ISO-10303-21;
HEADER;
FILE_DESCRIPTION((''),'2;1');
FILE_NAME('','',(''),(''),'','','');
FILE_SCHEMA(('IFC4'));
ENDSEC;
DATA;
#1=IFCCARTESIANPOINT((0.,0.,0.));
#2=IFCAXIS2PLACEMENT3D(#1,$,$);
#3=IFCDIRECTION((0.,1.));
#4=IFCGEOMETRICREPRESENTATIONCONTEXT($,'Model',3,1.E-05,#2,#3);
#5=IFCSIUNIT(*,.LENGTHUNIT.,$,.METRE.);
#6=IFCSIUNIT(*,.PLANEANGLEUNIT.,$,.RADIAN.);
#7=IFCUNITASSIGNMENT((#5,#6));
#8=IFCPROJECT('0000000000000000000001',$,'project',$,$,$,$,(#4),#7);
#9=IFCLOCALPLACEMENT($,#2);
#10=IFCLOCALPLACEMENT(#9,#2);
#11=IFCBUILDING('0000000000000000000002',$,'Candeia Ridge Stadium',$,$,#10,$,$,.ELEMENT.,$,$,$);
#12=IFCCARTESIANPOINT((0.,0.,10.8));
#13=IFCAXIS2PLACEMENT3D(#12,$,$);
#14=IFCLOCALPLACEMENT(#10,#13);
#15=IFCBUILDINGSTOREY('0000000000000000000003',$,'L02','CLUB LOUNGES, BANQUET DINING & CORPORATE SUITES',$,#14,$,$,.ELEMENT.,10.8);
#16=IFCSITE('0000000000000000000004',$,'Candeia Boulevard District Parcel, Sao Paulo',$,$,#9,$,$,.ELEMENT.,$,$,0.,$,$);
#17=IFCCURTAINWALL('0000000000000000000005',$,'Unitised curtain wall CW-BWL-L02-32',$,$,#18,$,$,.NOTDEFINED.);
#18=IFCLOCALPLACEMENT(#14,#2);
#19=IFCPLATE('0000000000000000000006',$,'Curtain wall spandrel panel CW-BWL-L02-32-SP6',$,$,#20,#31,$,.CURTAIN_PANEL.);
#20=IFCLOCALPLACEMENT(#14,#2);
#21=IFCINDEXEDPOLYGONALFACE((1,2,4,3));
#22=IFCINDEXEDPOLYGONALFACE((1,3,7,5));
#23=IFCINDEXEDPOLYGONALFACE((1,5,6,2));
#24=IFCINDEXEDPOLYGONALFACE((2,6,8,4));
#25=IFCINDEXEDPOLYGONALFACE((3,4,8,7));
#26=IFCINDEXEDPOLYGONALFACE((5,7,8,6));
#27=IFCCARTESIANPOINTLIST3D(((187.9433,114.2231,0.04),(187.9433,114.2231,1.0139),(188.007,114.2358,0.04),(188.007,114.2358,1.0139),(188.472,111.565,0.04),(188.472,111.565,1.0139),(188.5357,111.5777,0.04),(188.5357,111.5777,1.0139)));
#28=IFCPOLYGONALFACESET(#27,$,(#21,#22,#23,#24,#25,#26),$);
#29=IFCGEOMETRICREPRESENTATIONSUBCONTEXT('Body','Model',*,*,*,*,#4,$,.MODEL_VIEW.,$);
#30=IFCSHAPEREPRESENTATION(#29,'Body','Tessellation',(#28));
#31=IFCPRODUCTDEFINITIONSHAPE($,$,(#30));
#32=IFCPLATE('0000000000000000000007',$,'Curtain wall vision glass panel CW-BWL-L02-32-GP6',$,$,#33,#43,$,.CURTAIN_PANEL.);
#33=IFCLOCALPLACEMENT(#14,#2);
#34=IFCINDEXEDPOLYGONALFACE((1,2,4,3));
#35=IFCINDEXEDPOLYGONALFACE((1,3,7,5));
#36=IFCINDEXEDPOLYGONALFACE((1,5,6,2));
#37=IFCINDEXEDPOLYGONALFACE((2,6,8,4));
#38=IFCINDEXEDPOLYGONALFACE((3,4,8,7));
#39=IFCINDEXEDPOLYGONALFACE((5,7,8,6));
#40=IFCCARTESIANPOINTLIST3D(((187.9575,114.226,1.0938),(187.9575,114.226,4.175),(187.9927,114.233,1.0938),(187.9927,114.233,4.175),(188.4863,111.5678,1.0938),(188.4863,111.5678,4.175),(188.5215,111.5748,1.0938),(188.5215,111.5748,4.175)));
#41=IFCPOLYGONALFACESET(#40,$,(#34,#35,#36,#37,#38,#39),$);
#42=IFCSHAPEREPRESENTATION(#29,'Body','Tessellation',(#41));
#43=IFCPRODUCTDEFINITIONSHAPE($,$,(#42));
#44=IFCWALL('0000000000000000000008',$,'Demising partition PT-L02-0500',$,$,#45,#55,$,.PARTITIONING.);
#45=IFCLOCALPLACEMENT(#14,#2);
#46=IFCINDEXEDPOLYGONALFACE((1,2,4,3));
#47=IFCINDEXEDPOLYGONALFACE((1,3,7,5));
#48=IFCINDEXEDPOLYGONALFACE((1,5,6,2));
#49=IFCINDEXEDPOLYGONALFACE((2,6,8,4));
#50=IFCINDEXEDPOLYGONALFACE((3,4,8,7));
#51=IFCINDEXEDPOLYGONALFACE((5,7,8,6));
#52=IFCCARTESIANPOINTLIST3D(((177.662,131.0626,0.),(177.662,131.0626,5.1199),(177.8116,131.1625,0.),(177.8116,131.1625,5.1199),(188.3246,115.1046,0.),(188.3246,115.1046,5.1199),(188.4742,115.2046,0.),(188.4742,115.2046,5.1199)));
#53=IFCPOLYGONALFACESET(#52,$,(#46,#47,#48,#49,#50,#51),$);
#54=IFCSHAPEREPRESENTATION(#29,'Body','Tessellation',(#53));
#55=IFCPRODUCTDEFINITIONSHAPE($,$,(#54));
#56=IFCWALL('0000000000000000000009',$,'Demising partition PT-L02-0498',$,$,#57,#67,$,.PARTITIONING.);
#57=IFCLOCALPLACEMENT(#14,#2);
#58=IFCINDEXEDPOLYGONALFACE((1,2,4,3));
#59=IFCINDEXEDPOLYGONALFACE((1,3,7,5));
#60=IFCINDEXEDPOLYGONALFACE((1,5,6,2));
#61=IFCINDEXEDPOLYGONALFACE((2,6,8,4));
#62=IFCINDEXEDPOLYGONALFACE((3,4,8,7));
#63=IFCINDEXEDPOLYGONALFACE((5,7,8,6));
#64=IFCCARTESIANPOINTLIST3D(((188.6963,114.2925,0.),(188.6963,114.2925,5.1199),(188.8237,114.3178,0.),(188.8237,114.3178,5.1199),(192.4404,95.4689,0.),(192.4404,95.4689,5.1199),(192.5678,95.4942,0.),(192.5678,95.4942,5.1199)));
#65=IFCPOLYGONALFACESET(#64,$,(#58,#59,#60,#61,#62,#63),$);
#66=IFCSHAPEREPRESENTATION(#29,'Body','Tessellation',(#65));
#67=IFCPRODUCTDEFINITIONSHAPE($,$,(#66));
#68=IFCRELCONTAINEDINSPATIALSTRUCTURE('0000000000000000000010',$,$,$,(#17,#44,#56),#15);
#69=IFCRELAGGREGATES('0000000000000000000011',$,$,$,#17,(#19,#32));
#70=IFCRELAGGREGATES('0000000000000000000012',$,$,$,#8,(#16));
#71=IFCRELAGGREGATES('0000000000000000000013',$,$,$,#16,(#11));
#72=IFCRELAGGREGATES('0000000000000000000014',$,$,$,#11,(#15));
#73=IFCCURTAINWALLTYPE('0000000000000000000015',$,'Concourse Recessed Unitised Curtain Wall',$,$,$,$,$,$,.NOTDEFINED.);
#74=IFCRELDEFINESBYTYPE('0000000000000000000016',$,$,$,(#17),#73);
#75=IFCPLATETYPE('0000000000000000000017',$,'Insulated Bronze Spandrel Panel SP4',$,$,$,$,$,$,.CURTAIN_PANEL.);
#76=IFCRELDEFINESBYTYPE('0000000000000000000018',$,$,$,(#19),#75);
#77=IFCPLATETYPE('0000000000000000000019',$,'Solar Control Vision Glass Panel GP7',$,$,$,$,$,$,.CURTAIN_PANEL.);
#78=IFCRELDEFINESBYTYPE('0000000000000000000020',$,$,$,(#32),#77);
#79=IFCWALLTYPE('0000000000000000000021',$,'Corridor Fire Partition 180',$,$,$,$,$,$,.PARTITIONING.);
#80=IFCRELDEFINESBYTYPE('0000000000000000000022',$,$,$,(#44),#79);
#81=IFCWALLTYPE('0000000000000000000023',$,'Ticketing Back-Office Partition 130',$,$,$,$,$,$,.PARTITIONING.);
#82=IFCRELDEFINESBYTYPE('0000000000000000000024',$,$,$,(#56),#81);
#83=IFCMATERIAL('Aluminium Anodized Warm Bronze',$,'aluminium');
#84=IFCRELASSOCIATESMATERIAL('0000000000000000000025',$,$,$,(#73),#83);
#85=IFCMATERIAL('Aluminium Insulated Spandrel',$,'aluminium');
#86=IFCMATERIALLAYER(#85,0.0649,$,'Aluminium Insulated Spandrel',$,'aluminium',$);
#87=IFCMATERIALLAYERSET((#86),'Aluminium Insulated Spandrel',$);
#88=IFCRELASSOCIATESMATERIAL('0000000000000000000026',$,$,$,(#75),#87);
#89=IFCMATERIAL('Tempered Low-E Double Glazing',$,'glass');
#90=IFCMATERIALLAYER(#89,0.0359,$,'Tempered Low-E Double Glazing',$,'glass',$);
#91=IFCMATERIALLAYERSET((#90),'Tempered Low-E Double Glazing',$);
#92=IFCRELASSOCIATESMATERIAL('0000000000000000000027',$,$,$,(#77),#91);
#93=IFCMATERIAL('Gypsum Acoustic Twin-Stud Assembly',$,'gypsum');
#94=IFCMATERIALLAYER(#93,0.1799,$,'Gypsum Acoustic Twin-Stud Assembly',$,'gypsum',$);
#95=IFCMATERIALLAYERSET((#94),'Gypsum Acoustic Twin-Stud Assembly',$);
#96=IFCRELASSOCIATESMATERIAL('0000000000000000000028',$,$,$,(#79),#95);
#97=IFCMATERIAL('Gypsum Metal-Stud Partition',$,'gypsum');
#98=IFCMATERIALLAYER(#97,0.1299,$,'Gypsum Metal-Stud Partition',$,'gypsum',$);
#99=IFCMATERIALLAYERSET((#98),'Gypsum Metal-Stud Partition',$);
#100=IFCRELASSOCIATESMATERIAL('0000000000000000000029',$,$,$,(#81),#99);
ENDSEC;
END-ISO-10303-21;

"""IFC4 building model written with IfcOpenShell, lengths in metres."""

from ifc_helpers import new_model, si_unit, direction, frame, frame_2d, origin, origin_2d, place, context, subcontext, project, spatial, rectangle, extrude, material, layer, layer_set, type_object, element, aggregate, save


model = new_model("IFC4")

# Units and contexts
model_context = context("Model", 3, precision=1e-05, world=origin(), true_north=direction((0.0, 1.0)))
body_context = subcontext(model_context, "Body", "Model", "MODEL_VIEW")
ifc_project = project(units=[si_unit("LENGTHUNIT", "METRE"), si_unit("PLANEANGLEUNIT", "RADIAN")], contexts=[model_context])

# Site, building, storey
site_placement = place(None, origin())
site = spatial("IfcSite", under=ifc_project, at=site_placement, Name="Candeia Boulevard District Parcel, Sao Paulo", CompositionType="ELEMENT", RefElevation=0.0)
building_placement = place(site_placement, origin())
building = spatial("IfcBuilding", under=site, at=building_placement, Name="Candeia Ridge Stadium", CompositionType="ELEMENT")
storey_placement = place(building_placement, frame((0.0, 0.0, 10.8)))
storey = spatial("IfcBuildingStorey", under=building, at=storey_placement, Name="L02", Description="CLUB LOUNGES, BANQUET DINING & CORPORATE SUITES", CompositionType="ELEMENT", Elevation=10.8)

# Curtain wall
ifc_material_1 = material(Name="Aluminium Anodized Warm Bronze", Category="aluminium")
curtain_wall_type = type_object("IfcCurtainWallType", Name="Concourse Recessed Unitised Curtain Wall", PredefinedType="NOTDEFINED", material=ifc_material_1)
curtain_wall_placement = place(storey_placement, origin())
curtain_wall = element("IfcCurtainWall", 1, at=curtain_wall_placement, inside=storey, type_object=curtain_wall_type, Name="Unitised curtain wall CW-BWL-L02-32", PredefinedType="NOTDEFINED")

# Plates
ifc_material_2 = material(Name="Aluminium Insulated Spandrel", Category="aluminium")
ifc_layer_1 = layer(ifc_material_2, 0.0649, Name="Aluminium Insulated Spandrel", Category="aluminium")
ifc_layer_set_1 = layer_set([ifc_layer_1], Name="Aluminium Insulated Spandrel")
plate_type_1 = type_object("IfcPlateType", Name="Insulated Bronze Spandrel Panel SP4", PredefinedType="CURTAIN_PANEL", material=ifc_layer_set_1)
plate_1_placement = place(storey_placement, frame((188.2395, 112.9004, 0.04), z_axis=(0.0, 0.0, 1.0), x_axis=(-0.19509, 0.980785, 0.0)))
plate_1 = element("IfcPlate", 2, at=plate_1_placement, type_object=plate_type_1, Name="Curtain wall spandrel panel CW-BWL-L02-32-SP6", PredefinedType="CURTAIN_PANEL", context=body_context, shape_type="SweptSolid", body=[
    extrude(rectangle(XDim=2.7102, YDim=0.0649, at=origin_2d()), origin(), (0.0, 0.0, 1.0), 0.9739),
])
ifc_material_3 = material(Name="Tempered Low-E Double Glazing", Category="glass")
ifc_layer_2 = layer(ifc_material_3, 0.0359, Name="Tempered Low-E Double Glazing", Category="glass")
ifc_layer_set_2 = layer_set([ifc_layer_2], Name="Tempered Low-E Double Glazing")
plate_type_2 = type_object("IfcPlateType", Name="Solar Control Vision Glass Panel GP7", PredefinedType="CURTAIN_PANEL", material=ifc_layer_set_2)
plate_2_placement = place(storey_placement, frame((188.2395, 112.9004, 1.0938), z_axis=(0.0, 0.0, 1.0), x_axis=(-0.19509, 0.980785, 0.0)))
plate_2 = element("IfcPlate", 3, at=plate_2_placement, type_object=plate_type_2, Name="Curtain wall vision glass panel CW-BWL-L02-32-GP6", PredefinedType="CURTAIN_PANEL", context=body_context, shape_type="SweptSolid", body=[
    extrude(rectangle(XDim=2.7102, YDim=0.0359, at=origin_2d()), origin(), (0.0, 0.0, 1.0), 3.0813),
])
aggregate(curtain_wall, [plate_1, plate_2])

# Walls
ifc_material_4 = material(Name="Gypsum Acoustic Twin-Stud Assembly", Category="gypsum")
ifc_layer_3 = layer(ifc_material_4, 0.1799, Name="Gypsum Acoustic Twin-Stud Assembly", Category="gypsum")
ifc_layer_set_3 = layer_set([ifc_layer_3], Name="Gypsum Acoustic Twin-Stud Assembly")
wall_type_1 = type_object("IfcWallType", Name="Corridor Fire Partition 180", PredefinedType="PARTITIONING", material=ifc_layer_set_3)
wall_1_placement = place(storey_placement, frame((177.7368, 131.1125, 0.0), z_axis=(0.0, 0.0, 1.0), x_axis=(0.555563, -0.831474, 0.0)))
element("IfcWall", 4, at=wall_1_placement, inside=storey, type_object=wall_type_1, Name="Demising partition PT-L02-0500", PredefinedType="PARTITIONING", context=body_context, shape_type="SweptSolid", body=[
    extrude(rectangle(XDim=19.1924, YDim=0.1799, at=frame_2d((9.5962, 0.0))), origin(), (0.0, 0.0, 1.0), 5.1199),
])
ifc_material_5 = material(Name="Gypsum Metal-Stud Partition", Category="gypsum")
ifc_layer_4 = layer(ifc_material_5, 0.1299, Name="Gypsum Metal-Stud Partition", Category="gypsum")
ifc_layer_set_4 = layer_set([ifc_layer_4], Name="Gypsum Metal-Stud Partition")
wall_type_2 = type_object("IfcWallType", Name="Ticketing Back-Office Partition 130", PredefinedType="PARTITIONING", material=ifc_layer_set_4)
wall_2_placement = place(storey_placement, frame((188.76, 114.3052, 0.0), z_axis=(0.0, 0.0, 1.0), x_axis=(0.195084, -0.980787, 0.0)))
element("IfcWall", 5, at=wall_2_placement, inside=storey, type_object=wall_type_2, Name="Demising partition PT-L02-0498", PredefinedType="PARTITIONING", context=body_context, shape_type="SweptSolid", body=[
    extrude(rectangle(XDim=19.1924, YDim=0.1299, at=frame_2d((9.5962, 0.0))), origin(), (0.0, 0.0, 1.0), 5.1199),
])

save(model, "model.ifc")
